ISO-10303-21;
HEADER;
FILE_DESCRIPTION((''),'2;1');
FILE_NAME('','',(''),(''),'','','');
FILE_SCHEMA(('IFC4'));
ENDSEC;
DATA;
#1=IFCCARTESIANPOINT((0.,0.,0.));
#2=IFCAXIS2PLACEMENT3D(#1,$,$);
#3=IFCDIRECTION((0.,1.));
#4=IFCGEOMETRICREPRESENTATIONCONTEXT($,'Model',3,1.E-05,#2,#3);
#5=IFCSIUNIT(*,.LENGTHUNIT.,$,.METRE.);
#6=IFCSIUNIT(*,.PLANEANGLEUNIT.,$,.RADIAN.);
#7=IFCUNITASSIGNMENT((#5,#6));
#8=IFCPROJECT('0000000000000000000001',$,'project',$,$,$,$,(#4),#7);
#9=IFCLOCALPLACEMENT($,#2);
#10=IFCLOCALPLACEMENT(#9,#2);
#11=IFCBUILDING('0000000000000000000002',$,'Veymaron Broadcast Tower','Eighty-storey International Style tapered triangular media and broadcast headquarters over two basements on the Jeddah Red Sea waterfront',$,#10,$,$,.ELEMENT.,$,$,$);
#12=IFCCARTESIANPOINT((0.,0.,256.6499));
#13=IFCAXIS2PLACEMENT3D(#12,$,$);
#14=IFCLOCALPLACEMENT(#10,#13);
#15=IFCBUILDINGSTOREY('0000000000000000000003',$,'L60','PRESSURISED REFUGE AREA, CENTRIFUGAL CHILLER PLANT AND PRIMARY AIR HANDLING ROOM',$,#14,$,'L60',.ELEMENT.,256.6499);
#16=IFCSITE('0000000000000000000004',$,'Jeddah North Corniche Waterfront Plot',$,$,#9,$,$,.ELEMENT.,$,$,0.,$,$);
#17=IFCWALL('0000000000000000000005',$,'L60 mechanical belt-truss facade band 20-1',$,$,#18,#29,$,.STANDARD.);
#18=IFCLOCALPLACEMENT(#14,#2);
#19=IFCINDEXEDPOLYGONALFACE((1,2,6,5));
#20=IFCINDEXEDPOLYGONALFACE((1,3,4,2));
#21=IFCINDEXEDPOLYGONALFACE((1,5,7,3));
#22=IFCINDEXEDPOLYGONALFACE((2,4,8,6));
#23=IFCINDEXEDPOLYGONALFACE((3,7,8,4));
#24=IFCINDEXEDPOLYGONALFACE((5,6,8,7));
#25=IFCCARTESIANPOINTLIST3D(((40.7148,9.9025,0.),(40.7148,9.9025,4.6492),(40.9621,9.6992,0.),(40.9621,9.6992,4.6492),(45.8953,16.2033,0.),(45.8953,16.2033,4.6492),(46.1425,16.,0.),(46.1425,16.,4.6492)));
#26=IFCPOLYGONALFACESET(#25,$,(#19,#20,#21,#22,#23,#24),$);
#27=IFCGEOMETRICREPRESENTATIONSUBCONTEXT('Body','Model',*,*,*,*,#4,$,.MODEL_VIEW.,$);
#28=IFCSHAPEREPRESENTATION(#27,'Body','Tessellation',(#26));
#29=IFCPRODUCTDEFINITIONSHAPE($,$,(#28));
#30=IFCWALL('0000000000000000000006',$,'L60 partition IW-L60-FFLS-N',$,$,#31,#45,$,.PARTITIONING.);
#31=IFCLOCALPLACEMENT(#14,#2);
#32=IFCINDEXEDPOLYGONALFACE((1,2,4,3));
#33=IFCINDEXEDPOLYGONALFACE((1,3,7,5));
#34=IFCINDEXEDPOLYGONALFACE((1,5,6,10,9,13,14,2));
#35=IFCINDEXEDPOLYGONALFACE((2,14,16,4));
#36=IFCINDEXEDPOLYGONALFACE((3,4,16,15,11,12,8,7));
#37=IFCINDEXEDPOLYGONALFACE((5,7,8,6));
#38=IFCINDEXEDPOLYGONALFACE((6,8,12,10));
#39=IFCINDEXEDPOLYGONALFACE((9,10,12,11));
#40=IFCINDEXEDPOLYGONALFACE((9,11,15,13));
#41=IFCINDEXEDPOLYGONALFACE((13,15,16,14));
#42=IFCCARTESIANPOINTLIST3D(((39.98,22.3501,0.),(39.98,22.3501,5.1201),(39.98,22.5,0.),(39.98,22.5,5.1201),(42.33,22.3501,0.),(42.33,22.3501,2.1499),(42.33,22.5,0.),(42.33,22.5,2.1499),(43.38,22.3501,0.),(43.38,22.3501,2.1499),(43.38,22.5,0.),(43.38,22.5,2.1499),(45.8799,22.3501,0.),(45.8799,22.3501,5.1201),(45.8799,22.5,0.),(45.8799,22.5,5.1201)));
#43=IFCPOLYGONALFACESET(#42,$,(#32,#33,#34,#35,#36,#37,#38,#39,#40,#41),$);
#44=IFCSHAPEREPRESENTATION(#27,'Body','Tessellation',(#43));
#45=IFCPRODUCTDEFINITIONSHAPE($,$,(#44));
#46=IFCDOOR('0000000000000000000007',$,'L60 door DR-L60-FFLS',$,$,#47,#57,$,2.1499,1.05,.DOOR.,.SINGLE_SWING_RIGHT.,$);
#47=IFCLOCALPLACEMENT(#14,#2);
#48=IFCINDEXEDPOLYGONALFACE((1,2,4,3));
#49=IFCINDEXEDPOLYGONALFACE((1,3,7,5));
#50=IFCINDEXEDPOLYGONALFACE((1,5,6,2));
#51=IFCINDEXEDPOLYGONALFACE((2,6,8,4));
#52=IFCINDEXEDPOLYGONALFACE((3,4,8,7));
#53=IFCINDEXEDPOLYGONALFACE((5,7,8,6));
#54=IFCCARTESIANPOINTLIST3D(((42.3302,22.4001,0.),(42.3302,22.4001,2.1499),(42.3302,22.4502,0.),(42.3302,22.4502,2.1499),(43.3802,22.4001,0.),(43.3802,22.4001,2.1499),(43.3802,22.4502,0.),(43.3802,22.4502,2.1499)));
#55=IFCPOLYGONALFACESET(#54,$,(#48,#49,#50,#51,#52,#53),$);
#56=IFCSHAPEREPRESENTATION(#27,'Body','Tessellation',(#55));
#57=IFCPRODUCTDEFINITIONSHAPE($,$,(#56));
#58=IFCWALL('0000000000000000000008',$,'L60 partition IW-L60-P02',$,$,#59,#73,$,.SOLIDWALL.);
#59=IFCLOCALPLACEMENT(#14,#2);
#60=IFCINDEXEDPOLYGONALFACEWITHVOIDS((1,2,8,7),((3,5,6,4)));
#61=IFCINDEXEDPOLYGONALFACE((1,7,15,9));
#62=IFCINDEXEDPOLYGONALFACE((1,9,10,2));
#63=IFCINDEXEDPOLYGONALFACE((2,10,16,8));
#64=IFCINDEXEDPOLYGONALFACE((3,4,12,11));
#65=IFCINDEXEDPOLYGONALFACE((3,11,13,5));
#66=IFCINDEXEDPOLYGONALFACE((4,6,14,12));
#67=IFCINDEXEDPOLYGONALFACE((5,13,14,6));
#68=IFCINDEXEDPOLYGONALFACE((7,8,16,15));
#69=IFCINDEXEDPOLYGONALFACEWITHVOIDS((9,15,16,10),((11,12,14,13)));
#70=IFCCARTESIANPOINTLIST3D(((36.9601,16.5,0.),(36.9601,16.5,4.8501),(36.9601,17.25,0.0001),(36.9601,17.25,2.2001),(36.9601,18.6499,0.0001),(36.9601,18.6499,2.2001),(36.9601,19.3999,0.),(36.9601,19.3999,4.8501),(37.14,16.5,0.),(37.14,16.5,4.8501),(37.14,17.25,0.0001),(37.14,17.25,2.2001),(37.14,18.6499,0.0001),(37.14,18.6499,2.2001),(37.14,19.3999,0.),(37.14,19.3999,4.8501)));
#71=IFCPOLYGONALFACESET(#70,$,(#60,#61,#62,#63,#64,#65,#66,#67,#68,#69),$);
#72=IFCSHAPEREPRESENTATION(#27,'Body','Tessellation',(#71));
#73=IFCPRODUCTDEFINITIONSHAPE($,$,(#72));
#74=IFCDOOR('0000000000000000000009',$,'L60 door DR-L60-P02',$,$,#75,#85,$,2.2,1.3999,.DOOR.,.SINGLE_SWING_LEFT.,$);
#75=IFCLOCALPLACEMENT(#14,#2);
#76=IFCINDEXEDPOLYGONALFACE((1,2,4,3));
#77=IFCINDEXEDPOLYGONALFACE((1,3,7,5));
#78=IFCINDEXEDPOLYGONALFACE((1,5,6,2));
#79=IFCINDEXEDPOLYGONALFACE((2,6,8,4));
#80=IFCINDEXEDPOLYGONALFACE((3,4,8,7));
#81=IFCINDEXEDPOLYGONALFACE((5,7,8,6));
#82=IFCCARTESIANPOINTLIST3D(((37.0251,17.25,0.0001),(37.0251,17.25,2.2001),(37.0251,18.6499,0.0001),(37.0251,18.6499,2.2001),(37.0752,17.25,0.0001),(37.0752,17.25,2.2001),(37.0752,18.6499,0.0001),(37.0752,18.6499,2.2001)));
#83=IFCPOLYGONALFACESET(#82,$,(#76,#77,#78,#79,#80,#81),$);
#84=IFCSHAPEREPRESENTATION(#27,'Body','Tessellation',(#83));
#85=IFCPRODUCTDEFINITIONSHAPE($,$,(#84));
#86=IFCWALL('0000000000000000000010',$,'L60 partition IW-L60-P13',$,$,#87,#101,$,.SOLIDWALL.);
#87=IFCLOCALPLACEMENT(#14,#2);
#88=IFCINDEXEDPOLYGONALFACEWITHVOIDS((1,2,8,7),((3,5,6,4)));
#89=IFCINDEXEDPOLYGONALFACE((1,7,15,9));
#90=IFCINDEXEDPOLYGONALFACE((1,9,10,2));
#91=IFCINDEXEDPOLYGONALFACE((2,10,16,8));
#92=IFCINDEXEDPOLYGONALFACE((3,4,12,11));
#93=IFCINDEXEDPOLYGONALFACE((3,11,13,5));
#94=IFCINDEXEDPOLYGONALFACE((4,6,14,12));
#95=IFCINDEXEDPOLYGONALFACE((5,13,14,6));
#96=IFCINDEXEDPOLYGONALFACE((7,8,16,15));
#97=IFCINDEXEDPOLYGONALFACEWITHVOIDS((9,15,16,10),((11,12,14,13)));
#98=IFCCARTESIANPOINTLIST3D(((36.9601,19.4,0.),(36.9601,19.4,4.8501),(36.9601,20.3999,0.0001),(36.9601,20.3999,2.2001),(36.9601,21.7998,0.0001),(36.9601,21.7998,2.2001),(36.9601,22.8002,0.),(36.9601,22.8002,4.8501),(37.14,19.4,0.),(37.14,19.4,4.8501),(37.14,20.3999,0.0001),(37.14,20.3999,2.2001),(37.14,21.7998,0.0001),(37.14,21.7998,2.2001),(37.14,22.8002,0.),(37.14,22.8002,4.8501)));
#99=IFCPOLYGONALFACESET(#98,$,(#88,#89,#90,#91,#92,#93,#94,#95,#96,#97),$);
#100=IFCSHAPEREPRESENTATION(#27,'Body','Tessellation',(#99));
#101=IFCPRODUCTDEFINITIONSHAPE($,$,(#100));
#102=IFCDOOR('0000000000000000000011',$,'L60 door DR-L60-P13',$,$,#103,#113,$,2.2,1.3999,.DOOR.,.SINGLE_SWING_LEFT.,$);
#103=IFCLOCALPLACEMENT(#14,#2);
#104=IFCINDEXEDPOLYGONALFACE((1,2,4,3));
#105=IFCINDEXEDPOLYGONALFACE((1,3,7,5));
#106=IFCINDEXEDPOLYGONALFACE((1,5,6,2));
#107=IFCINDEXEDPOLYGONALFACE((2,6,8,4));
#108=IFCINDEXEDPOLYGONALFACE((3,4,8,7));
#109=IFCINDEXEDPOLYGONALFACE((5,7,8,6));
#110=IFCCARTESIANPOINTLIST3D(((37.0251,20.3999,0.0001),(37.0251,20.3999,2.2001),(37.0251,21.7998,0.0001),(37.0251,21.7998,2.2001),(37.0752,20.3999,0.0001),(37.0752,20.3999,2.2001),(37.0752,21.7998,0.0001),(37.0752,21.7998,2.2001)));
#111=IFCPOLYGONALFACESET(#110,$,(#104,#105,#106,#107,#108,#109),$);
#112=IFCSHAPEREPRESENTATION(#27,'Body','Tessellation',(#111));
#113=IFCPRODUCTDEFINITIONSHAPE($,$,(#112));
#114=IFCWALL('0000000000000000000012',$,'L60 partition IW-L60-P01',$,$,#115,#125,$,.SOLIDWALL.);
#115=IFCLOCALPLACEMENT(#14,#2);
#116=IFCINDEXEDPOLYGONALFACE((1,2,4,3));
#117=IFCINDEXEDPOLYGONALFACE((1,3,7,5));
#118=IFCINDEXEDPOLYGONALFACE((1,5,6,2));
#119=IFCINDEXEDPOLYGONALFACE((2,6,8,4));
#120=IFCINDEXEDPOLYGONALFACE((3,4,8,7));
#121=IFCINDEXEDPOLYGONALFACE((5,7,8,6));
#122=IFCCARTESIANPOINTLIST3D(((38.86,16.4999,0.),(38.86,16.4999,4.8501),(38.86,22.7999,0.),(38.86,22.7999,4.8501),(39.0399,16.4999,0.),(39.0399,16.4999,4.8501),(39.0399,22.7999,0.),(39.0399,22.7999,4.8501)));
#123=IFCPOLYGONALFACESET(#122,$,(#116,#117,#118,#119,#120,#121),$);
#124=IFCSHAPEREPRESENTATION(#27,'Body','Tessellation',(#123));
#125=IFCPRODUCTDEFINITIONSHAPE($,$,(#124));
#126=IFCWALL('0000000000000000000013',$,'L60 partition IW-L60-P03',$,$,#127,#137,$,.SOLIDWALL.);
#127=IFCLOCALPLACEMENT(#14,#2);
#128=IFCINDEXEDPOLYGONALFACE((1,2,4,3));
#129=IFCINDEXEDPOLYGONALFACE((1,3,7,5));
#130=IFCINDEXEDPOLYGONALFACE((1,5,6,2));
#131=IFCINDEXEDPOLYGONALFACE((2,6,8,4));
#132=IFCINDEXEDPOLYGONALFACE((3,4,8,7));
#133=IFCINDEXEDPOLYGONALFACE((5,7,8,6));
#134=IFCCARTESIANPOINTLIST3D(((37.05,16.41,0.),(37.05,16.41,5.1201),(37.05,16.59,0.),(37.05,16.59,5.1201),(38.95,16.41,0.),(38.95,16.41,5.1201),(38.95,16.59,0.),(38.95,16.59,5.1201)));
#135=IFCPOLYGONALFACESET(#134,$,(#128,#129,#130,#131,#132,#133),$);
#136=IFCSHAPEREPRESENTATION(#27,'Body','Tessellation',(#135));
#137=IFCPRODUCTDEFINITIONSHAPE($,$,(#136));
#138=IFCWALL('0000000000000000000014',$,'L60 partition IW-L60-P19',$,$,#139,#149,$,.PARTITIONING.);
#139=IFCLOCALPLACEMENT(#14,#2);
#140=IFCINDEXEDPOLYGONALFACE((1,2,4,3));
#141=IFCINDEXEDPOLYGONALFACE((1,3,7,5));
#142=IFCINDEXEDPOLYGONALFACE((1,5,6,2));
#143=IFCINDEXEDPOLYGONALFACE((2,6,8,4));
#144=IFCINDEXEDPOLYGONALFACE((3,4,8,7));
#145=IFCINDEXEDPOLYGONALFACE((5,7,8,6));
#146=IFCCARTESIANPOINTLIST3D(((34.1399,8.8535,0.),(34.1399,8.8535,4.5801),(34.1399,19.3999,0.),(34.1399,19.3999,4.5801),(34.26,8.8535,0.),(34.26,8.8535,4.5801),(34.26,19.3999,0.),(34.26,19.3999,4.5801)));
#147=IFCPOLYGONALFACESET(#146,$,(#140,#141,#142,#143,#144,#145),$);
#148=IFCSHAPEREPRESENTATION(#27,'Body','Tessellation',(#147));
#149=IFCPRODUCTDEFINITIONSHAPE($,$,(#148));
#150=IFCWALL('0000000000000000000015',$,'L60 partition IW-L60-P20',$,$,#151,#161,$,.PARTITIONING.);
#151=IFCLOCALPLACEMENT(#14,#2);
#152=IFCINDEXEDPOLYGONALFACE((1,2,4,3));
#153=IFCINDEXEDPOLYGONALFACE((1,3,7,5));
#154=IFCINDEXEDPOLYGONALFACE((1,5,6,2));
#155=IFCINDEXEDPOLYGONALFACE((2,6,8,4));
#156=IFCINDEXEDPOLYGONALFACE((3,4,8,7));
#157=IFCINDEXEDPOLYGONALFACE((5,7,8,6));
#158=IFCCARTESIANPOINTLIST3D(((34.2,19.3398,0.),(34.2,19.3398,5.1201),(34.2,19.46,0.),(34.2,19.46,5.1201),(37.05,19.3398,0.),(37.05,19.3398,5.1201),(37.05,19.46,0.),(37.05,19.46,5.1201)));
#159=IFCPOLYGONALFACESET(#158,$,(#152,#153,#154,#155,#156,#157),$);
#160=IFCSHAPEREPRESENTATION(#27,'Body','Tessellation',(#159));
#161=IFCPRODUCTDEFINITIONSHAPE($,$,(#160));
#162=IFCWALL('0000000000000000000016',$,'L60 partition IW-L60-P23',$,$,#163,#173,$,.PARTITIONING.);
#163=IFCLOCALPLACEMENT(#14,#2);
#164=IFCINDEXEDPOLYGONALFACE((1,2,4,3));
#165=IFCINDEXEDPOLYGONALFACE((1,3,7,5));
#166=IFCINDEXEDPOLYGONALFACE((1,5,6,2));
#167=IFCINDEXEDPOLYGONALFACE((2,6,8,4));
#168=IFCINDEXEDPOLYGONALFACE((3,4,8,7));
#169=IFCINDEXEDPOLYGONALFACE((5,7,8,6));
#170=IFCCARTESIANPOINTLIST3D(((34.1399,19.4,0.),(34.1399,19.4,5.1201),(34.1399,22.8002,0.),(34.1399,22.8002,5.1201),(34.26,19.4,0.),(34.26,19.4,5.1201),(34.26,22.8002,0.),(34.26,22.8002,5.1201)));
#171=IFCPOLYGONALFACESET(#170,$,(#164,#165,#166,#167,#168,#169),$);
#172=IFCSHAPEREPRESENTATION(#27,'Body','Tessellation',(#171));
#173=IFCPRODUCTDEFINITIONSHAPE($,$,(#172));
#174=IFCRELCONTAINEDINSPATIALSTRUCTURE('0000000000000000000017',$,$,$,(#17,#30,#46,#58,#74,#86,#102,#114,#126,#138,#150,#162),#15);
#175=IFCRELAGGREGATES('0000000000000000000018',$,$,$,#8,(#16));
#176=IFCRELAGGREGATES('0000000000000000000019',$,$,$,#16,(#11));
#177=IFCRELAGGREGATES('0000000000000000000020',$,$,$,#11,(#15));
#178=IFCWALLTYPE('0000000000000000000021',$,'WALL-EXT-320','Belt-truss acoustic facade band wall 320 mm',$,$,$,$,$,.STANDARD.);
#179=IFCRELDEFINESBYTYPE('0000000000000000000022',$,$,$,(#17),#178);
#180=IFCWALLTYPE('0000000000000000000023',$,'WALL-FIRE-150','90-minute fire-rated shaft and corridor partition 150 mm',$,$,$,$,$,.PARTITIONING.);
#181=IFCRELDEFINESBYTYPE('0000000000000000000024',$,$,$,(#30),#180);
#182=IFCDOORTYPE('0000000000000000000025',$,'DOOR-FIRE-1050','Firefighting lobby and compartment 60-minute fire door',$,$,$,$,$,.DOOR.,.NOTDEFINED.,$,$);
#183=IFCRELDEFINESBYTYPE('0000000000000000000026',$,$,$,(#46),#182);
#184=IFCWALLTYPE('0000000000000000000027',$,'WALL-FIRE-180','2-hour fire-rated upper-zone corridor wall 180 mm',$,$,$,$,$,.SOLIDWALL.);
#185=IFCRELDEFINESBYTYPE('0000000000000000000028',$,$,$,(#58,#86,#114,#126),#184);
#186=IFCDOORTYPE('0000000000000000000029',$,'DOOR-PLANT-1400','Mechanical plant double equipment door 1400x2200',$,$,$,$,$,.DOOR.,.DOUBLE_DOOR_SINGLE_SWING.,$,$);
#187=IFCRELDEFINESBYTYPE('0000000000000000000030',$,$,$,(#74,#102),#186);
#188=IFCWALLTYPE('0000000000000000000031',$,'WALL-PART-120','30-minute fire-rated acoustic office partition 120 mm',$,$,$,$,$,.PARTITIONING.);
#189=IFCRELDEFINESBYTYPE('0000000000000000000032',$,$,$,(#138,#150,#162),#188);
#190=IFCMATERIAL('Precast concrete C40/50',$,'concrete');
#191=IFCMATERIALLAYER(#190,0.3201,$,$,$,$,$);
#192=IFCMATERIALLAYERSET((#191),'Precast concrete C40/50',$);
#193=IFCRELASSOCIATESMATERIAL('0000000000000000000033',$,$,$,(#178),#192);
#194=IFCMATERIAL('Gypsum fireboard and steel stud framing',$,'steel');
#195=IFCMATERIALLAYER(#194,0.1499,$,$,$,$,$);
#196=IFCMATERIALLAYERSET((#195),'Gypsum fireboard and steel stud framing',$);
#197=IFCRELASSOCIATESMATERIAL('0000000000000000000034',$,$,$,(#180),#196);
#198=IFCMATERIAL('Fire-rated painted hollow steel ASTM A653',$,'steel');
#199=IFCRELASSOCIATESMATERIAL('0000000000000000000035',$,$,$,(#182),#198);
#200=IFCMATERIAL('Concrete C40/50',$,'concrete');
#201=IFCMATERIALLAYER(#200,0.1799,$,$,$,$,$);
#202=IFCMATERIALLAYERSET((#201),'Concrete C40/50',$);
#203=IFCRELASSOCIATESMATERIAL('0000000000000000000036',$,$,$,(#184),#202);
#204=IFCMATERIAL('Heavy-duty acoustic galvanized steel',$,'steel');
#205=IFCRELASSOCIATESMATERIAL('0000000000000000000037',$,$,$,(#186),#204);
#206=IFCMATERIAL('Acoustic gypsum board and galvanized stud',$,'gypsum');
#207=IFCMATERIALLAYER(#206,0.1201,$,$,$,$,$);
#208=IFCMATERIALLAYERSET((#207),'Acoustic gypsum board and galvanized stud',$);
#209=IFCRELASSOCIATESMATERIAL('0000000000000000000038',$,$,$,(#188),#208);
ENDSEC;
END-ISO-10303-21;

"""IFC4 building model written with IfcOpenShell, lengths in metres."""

from ifc_helpers import new_model, si_unit, direction, frame, frame_2d, origin, place, context, subcontext, project, spatial, rectangle, extrude, material, layer, layer_set, type_object, element, fill, save


model = new_model("IFC4")

# Units and contexts
model_context = context("Model", 3, precision=1e-05, world=origin(), true_north=direction((0.0, 1.0)))
body_context = subcontext(model_context, "Body", "Model", "MODEL_VIEW")
ifc_project = project(units=[si_unit("LENGTHUNIT", "METRE"), si_unit("PLANEANGLEUNIT", "RADIAN")], contexts=[model_context])

# Site, building, storey
site_placement = place(None, origin())
site = spatial("IfcSite", under=ifc_project, at=site_placement, Name="Jeddah North Corniche Waterfront Plot", CompositionType="ELEMENT", RefElevation=0.0)
building_placement = place(site_placement, origin())
building = spatial("IfcBuilding", under=site, at=building_placement, Name="Veymaron Broadcast Tower", Description="Eighty-storey International Style tapered triangular media and broadcast headquarters over two basements on the Jeddah Red Sea waterfront", CompositionType="ELEMENT")
storey_placement = place(building_placement, frame((0.0, 0.0, 256.6499)))
storey = spatial("IfcBuildingStorey", under=building, at=storey_placement, Name="L60", Description="PRESSURISED REFUGE AREA, CENTRIFUGAL CHILLER PLANT AND PRIMARY AIR HANDLING ROOM", LongName="L60", CompositionType="ELEMENT", Elevation=256.6499)

# Wall
ifc_material_1 = material(Name="Precast concrete C40/50", Category="concrete")
ifc_layer_1 = layer(ifc_material_1, 0.3201)
ifc_layer_set_1 = layer_set([ifc_layer_1], Name="Precast concrete C40/50")
wall_type_1 = type_object("IfcWallType", Name="WALL-EXT-320", Description="Belt-truss acoustic facade band wall 320 mm", PredefinedType="STANDARD", material=ifc_layer_set_1)
wall_1_placement = place(storey_placement, frame((40.8384, 9.8008, 0.0), z_axis=(0.0, 0.0, 1.0), x_axis=(0.635089, 0.772439, 0.0)))
element("IfcWall", 1, at=wall_1_placement, inside=storey, type_object=wall_type_1, Name="L60 mechanical belt-truss facade band 20-1", PredefinedType="STANDARD", context=body_context, shape_type="SweptSolid", body=[
    extrude(rectangle(XDim=8.157, YDim=0.3201, at=frame_2d((4.0786, 0.0))), origin(), (0.0, 0.0, 1.0), 4.6492),
])

# Walls, openings, doors
ifc_material_2 = material(Name="Gypsum fireboard and steel stud framing", Category="steel")
ifc_layer_2 = layer(ifc_material_2, 0.1499)
ifc_layer_set_2 = layer_set([ifc_layer_2], Name="Gypsum fireboard and steel stud framing")
wall_type_2 = type_object("IfcWallType", Name="WALL-FIRE-150", Description="90-minute fire-rated shaft and corridor partition 150 mm", PredefinedType="PARTITIONING", material=ifc_layer_set_2)
wall_2_placement = place(storey_placement, frame((39.98, 22.425, 0.0), z_axis=(0.0, 0.0, 1.0), x_axis=(1.0, 0.0, 0.0)))
wall_2 = element("IfcWall", 2, at=wall_2_placement, inside=storey, type_object=wall_type_2, Name="L60 partition IW-L60-FFLS-N", PredefinedType="PARTITIONING", context=body_context, shape_type="SweptSolid", body=[
    extrude(rectangle(XDim=5.8999, YDim=0.1499, at=frame_2d((2.95, 0.0))), origin(), (0.0, 0.0, 1.0), 5.1201),
])
opening_1_placement = place(wall_2_placement, frame((2.3501, 0.0, 0.0)))
opening_1 = element("IfcOpeningElement", 3, at=opening_1_placement, cuts=wall_2, PredefinedType="OPENING", context=body_context, shape_type="SweptSolid", body=[
    extrude(rectangle(XDim=1.05, YDim=2.1499, at=frame_2d((0.5249, 1.075))), frame((0.0, 0.085, 0.0), z_axis=(0.0, -1.0, 0.0), x_axis=(1.0, 0.0, 0.0)), (0.0, 0.0, 1.0), 0.1699),
])
ifc_material_3 = material(Name="Fire-rated painted hollow steel ASTM A653", Category="steel")
door_type_1 = type_object("IfcDoorType", Name="DOOR-FIRE-1050", Description="Firefighting lobby and compartment 60-minute fire door", OperationType="NOTDEFINED", PredefinedType="DOOR", material=ifc_material_3)
door_1_placement = place(opening_1_placement, frame((1.05, 0.0, 0.0), z_axis=(0.0, 0.0, 1.0), x_axis=(-1.0, 0.0, 0.0)))
door_1 = element("IfcDoor", 4, at=door_1_placement, inside=storey, type_object=door_type_1, Name="L60 door DR-L60-FFLS", OperationType="SINGLE_SWING_RIGHT", OverallHeight=2.1499, OverallWidth=1.05, PredefinedType="DOOR", context=body_context, shape_type="SweptSolid", body=[
    extrude(rectangle(XDim=1.05, YDim=2.1499, at=frame_2d((0.5249, 1.075))), frame((0.0, 0.0249, 0.0), z_axis=(0.0, -1.0, 0.0), x_axis=(1.0, 0.0, 0.0)), (0.0, 0.0, 1.0), 0.05),
])
fill(opening_1, door_1)
ifc_material_4 = material(Name="Concrete C40/50", Category="concrete")
ifc_layer_3 = layer(ifc_material_4, 0.1799)
ifc_layer_set_3 = layer_set([ifc_layer_3], Name="Concrete C40/50")
wall_type_3 = type_object("IfcWallType", Name="WALL-FIRE-180", Description="2-hour fire-rated upper-zone corridor wall 180 mm", PredefinedType="SOLIDWALL", material=ifc_layer_set_3)
wall_3_placement = place(storey_placement, frame((37.05, 16.5, 0.0), z_axis=(0.0, 0.0, 1.0), x_axis=(0.0, 1.0, 0.0)))
wall_3 = element("IfcWall", 5, at=wall_3_placement, inside=storey, type_object=wall_type_3, Name="L60 partition IW-L60-P02", PredefinedType="SOLIDWALL", context=body_context, shape_type="SweptSolid", body=[
    extrude(rectangle(XDim=2.8999, YDim=0.1799, at=frame_2d((1.45, 0.0))), origin(), (0.0, 0.0, 1.0), 4.8501),
])
opening_2_placement = place(wall_3_placement, frame((0.75, 0.0, 0.0)))
opening_2 = element("IfcOpeningElement", 6, at=opening_2_placement, cuts=wall_3, PredefinedType="OPENING", context=body_context, shape_type="SweptSolid", body=[
    extrude(rectangle(XDim=1.3999, YDim=2.2, at=frame_2d((0.7, 1.1001))), frame((0.0, 0.1001, 0.0), z_axis=(0.0, -1.0, 0.0), x_axis=(1.0, 0.0, 0.0)), (0.0, 0.0, 1.0), 0.2),
])
ifc_material_5 = material(Name="Heavy-duty acoustic galvanized steel", Category="steel")
door_type_2 = type_object("IfcDoorType", Name="DOOR-PLANT-1400", Description="Mechanical plant double equipment door 1400x2200", OperationType="DOUBLE_DOOR_SINGLE_SWING", PredefinedType="DOOR", material=ifc_material_5)
door_2_placement = place(opening_2_placement, origin())
door_2 = element("IfcDoor", 7, at=door_2_placement, inside=storey, type_object=door_type_2, Name="L60 door DR-L60-P02", OperationType="SINGLE_SWING_LEFT", OverallHeight=2.2, OverallWidth=1.3999, PredefinedType="DOOR", context=body_context, shape_type="SweptSolid", body=[
    extrude(rectangle(XDim=1.3999, YDim=2.2, at=frame_2d((0.7, 1.1001))), frame((0.0, 0.0249, 0.0), z_axis=(0.0, -1.0, 0.0), x_axis=(1.0, 0.0, 0.0)), (0.0, 0.0, 1.0), 0.05),
])
fill(opening_2, door_2)
wall_4_placement = place(storey_placement, frame((37.05, 19.3999, 0.0), z_axis=(0.0, 0.0, 1.0), x_axis=(0.0, 1.0, 0.0)))
wall_4 = element("IfcWall", 8, at=wall_4_placement, inside=storey, type_object=wall_type_3, Name="L60 partition IW-L60-P13", PredefinedType="SOLIDWALL", context=body_context, shape_type="SweptSolid", body=[
    extrude(rectangle(XDim=3.4001, YDim=0.1799, at=frame_2d((1.7002, 0.0))), origin(), (0.0, 0.0, 1.0), 4.8501),
])
opening_3_placement = place(wall_4_placement, frame((1.0, 0.0, 0.0)))
opening_3 = element("IfcOpeningElement", 9, at=opening_3_placement, cuts=wall_4, PredefinedType="OPENING", context=body_context, shape_type="SweptSolid", body=[
    extrude(rectangle(XDim=1.3999, YDim=2.2, at=frame_2d((0.7, 1.1001))), frame((0.0, 0.1001, 0.0), z_axis=(0.0, -1.0, 0.0), x_axis=(1.0, 0.0, 0.0)), (0.0, 0.0, 1.0), 0.2),
])
door_3_placement = place(opening_3_placement, origin())
door_3 = element("IfcDoor", 10, at=door_3_placement, inside=storey, type_object=door_type_2, Name="L60 door DR-L60-P13", OperationType="SINGLE_SWING_LEFT", OverallHeight=2.2, OverallWidth=1.3999, PredefinedType="DOOR", context=body_context, shape_type="SweptSolid", body=[
    extrude(rectangle(XDim=1.3999, YDim=2.2, at=frame_2d((0.7, 1.1001))), frame((0.0, 0.0249, 0.0), z_axis=(0.0, -1.0, 0.0), x_axis=(1.0, 0.0, 0.0)), (0.0, 0.0, 1.0), 0.05),
])
fill(opening_3, door_3)

# Walls
wall_5_placement = place(storey_placement, frame((38.95, 16.5, 0.0), z_axis=(0.0, 0.0, 1.0), x_axis=(0.0, 1.0, 0.0)))
element("IfcWall", 11, at=wall_5_placement, inside=storey, type_object=wall_type_3, Name="L60 partition IW-L60-P01", PredefinedType="SOLIDWALL", context=body_context, shape_type="SweptSolid", body=[
    extrude(rectangle(XDim=6.3, YDim=0.1799, at=frame_2d((3.1499, 0.0))), origin(), (0.0, 0.0, 1.0), 4.8501),
])
wall_6_placement = place(storey_placement, frame((37.05, 16.5, 0.0), z_axis=(0.0, 0.0, 1.0), x_axis=(1.0, 0.0, 0.0)))
element("IfcWall", 12, at=wall_6_placement, inside=storey, type_object=wall_type_3, Name="L60 partition IW-L60-P03", PredefinedType="SOLIDWALL", context=body_context, shape_type="SweptSolid", body=[
    extrude(rectangle(XDim=1.8999, YDim=0.1799, at=frame_2d((0.95, 0.0))), origin(), (0.0, 0.0, 1.0), 5.1201),
])
ifc_material_6 = material(Name="Acoustic gypsum board and galvanized stud", Category="gypsum")
ifc_layer_4 = layer(ifc_material_6, 0.1201)
ifc_layer_set_4 = layer_set([ifc_layer_4], Name="Acoustic gypsum board and galvanized stud")
wall_type_4 = type_object("IfcWallType", Name="WALL-PART-120", Description="30-minute fire-rated acoustic office partition 120 mm", PredefinedType="PARTITIONING", material=ifc_layer_set_4)
wall_7_placement = place(storey_placement, frame((34.2, 8.8535, 0.0), z_axis=(0.0, 0.0, 1.0), x_axis=(0.0, 1.0, 0.0)))
element("IfcWall", 13, at=wall_7_placement, inside=storey, type_object=wall_type_4, Name="L60 partition IW-L60-P19", PredefinedType="PARTITIONING", context=body_context, shape_type="SweptSolid", body=[
    extrude(rectangle(XDim=10.5464, YDim=0.1201, at=frame_2d((5.2732, 0.0))), origin(), (0.0, 0.0, 1.0), 4.5801),
])
wall_8_placement = place(storey_placement, frame((34.2, 19.3999, 0.0), z_axis=(0.0, 0.0, 1.0), x_axis=(1.0, 0.0, 0.0)))
element("IfcWall", 14, at=wall_8_placement, inside=storey, type_object=wall_type_4, Name="L60 partition IW-L60-P20", PredefinedType="PARTITIONING", context=body_context, shape_type="SweptSolid", body=[
    extrude(rectangle(XDim=2.8501, YDim=0.1201, at=frame_2d((1.425, 0.0))), origin(), (0.0, 0.0, 1.0), 5.1201),
])
wall_9_placement = place(storey_placement, frame((34.2, 19.3999, 0.0), z_axis=(0.0, 0.0, 1.0), x_axis=(0.0, 1.0, 0.0)))
element("IfcWall", 15, at=wall_9_placement, inside=storey, type_object=wall_type_4, Name="L60 partition IW-L60-P23", PredefinedType="PARTITIONING", context=body_context, shape_type="SweptSolid", body=[
    extrude(rectangle(XDim=3.4001, YDim=0.1201, at=frame_2d((1.7002, 0.0))), origin(), (0.0, 0.0, 1.0), 5.1201),
])

save(model, "model.ifc")
